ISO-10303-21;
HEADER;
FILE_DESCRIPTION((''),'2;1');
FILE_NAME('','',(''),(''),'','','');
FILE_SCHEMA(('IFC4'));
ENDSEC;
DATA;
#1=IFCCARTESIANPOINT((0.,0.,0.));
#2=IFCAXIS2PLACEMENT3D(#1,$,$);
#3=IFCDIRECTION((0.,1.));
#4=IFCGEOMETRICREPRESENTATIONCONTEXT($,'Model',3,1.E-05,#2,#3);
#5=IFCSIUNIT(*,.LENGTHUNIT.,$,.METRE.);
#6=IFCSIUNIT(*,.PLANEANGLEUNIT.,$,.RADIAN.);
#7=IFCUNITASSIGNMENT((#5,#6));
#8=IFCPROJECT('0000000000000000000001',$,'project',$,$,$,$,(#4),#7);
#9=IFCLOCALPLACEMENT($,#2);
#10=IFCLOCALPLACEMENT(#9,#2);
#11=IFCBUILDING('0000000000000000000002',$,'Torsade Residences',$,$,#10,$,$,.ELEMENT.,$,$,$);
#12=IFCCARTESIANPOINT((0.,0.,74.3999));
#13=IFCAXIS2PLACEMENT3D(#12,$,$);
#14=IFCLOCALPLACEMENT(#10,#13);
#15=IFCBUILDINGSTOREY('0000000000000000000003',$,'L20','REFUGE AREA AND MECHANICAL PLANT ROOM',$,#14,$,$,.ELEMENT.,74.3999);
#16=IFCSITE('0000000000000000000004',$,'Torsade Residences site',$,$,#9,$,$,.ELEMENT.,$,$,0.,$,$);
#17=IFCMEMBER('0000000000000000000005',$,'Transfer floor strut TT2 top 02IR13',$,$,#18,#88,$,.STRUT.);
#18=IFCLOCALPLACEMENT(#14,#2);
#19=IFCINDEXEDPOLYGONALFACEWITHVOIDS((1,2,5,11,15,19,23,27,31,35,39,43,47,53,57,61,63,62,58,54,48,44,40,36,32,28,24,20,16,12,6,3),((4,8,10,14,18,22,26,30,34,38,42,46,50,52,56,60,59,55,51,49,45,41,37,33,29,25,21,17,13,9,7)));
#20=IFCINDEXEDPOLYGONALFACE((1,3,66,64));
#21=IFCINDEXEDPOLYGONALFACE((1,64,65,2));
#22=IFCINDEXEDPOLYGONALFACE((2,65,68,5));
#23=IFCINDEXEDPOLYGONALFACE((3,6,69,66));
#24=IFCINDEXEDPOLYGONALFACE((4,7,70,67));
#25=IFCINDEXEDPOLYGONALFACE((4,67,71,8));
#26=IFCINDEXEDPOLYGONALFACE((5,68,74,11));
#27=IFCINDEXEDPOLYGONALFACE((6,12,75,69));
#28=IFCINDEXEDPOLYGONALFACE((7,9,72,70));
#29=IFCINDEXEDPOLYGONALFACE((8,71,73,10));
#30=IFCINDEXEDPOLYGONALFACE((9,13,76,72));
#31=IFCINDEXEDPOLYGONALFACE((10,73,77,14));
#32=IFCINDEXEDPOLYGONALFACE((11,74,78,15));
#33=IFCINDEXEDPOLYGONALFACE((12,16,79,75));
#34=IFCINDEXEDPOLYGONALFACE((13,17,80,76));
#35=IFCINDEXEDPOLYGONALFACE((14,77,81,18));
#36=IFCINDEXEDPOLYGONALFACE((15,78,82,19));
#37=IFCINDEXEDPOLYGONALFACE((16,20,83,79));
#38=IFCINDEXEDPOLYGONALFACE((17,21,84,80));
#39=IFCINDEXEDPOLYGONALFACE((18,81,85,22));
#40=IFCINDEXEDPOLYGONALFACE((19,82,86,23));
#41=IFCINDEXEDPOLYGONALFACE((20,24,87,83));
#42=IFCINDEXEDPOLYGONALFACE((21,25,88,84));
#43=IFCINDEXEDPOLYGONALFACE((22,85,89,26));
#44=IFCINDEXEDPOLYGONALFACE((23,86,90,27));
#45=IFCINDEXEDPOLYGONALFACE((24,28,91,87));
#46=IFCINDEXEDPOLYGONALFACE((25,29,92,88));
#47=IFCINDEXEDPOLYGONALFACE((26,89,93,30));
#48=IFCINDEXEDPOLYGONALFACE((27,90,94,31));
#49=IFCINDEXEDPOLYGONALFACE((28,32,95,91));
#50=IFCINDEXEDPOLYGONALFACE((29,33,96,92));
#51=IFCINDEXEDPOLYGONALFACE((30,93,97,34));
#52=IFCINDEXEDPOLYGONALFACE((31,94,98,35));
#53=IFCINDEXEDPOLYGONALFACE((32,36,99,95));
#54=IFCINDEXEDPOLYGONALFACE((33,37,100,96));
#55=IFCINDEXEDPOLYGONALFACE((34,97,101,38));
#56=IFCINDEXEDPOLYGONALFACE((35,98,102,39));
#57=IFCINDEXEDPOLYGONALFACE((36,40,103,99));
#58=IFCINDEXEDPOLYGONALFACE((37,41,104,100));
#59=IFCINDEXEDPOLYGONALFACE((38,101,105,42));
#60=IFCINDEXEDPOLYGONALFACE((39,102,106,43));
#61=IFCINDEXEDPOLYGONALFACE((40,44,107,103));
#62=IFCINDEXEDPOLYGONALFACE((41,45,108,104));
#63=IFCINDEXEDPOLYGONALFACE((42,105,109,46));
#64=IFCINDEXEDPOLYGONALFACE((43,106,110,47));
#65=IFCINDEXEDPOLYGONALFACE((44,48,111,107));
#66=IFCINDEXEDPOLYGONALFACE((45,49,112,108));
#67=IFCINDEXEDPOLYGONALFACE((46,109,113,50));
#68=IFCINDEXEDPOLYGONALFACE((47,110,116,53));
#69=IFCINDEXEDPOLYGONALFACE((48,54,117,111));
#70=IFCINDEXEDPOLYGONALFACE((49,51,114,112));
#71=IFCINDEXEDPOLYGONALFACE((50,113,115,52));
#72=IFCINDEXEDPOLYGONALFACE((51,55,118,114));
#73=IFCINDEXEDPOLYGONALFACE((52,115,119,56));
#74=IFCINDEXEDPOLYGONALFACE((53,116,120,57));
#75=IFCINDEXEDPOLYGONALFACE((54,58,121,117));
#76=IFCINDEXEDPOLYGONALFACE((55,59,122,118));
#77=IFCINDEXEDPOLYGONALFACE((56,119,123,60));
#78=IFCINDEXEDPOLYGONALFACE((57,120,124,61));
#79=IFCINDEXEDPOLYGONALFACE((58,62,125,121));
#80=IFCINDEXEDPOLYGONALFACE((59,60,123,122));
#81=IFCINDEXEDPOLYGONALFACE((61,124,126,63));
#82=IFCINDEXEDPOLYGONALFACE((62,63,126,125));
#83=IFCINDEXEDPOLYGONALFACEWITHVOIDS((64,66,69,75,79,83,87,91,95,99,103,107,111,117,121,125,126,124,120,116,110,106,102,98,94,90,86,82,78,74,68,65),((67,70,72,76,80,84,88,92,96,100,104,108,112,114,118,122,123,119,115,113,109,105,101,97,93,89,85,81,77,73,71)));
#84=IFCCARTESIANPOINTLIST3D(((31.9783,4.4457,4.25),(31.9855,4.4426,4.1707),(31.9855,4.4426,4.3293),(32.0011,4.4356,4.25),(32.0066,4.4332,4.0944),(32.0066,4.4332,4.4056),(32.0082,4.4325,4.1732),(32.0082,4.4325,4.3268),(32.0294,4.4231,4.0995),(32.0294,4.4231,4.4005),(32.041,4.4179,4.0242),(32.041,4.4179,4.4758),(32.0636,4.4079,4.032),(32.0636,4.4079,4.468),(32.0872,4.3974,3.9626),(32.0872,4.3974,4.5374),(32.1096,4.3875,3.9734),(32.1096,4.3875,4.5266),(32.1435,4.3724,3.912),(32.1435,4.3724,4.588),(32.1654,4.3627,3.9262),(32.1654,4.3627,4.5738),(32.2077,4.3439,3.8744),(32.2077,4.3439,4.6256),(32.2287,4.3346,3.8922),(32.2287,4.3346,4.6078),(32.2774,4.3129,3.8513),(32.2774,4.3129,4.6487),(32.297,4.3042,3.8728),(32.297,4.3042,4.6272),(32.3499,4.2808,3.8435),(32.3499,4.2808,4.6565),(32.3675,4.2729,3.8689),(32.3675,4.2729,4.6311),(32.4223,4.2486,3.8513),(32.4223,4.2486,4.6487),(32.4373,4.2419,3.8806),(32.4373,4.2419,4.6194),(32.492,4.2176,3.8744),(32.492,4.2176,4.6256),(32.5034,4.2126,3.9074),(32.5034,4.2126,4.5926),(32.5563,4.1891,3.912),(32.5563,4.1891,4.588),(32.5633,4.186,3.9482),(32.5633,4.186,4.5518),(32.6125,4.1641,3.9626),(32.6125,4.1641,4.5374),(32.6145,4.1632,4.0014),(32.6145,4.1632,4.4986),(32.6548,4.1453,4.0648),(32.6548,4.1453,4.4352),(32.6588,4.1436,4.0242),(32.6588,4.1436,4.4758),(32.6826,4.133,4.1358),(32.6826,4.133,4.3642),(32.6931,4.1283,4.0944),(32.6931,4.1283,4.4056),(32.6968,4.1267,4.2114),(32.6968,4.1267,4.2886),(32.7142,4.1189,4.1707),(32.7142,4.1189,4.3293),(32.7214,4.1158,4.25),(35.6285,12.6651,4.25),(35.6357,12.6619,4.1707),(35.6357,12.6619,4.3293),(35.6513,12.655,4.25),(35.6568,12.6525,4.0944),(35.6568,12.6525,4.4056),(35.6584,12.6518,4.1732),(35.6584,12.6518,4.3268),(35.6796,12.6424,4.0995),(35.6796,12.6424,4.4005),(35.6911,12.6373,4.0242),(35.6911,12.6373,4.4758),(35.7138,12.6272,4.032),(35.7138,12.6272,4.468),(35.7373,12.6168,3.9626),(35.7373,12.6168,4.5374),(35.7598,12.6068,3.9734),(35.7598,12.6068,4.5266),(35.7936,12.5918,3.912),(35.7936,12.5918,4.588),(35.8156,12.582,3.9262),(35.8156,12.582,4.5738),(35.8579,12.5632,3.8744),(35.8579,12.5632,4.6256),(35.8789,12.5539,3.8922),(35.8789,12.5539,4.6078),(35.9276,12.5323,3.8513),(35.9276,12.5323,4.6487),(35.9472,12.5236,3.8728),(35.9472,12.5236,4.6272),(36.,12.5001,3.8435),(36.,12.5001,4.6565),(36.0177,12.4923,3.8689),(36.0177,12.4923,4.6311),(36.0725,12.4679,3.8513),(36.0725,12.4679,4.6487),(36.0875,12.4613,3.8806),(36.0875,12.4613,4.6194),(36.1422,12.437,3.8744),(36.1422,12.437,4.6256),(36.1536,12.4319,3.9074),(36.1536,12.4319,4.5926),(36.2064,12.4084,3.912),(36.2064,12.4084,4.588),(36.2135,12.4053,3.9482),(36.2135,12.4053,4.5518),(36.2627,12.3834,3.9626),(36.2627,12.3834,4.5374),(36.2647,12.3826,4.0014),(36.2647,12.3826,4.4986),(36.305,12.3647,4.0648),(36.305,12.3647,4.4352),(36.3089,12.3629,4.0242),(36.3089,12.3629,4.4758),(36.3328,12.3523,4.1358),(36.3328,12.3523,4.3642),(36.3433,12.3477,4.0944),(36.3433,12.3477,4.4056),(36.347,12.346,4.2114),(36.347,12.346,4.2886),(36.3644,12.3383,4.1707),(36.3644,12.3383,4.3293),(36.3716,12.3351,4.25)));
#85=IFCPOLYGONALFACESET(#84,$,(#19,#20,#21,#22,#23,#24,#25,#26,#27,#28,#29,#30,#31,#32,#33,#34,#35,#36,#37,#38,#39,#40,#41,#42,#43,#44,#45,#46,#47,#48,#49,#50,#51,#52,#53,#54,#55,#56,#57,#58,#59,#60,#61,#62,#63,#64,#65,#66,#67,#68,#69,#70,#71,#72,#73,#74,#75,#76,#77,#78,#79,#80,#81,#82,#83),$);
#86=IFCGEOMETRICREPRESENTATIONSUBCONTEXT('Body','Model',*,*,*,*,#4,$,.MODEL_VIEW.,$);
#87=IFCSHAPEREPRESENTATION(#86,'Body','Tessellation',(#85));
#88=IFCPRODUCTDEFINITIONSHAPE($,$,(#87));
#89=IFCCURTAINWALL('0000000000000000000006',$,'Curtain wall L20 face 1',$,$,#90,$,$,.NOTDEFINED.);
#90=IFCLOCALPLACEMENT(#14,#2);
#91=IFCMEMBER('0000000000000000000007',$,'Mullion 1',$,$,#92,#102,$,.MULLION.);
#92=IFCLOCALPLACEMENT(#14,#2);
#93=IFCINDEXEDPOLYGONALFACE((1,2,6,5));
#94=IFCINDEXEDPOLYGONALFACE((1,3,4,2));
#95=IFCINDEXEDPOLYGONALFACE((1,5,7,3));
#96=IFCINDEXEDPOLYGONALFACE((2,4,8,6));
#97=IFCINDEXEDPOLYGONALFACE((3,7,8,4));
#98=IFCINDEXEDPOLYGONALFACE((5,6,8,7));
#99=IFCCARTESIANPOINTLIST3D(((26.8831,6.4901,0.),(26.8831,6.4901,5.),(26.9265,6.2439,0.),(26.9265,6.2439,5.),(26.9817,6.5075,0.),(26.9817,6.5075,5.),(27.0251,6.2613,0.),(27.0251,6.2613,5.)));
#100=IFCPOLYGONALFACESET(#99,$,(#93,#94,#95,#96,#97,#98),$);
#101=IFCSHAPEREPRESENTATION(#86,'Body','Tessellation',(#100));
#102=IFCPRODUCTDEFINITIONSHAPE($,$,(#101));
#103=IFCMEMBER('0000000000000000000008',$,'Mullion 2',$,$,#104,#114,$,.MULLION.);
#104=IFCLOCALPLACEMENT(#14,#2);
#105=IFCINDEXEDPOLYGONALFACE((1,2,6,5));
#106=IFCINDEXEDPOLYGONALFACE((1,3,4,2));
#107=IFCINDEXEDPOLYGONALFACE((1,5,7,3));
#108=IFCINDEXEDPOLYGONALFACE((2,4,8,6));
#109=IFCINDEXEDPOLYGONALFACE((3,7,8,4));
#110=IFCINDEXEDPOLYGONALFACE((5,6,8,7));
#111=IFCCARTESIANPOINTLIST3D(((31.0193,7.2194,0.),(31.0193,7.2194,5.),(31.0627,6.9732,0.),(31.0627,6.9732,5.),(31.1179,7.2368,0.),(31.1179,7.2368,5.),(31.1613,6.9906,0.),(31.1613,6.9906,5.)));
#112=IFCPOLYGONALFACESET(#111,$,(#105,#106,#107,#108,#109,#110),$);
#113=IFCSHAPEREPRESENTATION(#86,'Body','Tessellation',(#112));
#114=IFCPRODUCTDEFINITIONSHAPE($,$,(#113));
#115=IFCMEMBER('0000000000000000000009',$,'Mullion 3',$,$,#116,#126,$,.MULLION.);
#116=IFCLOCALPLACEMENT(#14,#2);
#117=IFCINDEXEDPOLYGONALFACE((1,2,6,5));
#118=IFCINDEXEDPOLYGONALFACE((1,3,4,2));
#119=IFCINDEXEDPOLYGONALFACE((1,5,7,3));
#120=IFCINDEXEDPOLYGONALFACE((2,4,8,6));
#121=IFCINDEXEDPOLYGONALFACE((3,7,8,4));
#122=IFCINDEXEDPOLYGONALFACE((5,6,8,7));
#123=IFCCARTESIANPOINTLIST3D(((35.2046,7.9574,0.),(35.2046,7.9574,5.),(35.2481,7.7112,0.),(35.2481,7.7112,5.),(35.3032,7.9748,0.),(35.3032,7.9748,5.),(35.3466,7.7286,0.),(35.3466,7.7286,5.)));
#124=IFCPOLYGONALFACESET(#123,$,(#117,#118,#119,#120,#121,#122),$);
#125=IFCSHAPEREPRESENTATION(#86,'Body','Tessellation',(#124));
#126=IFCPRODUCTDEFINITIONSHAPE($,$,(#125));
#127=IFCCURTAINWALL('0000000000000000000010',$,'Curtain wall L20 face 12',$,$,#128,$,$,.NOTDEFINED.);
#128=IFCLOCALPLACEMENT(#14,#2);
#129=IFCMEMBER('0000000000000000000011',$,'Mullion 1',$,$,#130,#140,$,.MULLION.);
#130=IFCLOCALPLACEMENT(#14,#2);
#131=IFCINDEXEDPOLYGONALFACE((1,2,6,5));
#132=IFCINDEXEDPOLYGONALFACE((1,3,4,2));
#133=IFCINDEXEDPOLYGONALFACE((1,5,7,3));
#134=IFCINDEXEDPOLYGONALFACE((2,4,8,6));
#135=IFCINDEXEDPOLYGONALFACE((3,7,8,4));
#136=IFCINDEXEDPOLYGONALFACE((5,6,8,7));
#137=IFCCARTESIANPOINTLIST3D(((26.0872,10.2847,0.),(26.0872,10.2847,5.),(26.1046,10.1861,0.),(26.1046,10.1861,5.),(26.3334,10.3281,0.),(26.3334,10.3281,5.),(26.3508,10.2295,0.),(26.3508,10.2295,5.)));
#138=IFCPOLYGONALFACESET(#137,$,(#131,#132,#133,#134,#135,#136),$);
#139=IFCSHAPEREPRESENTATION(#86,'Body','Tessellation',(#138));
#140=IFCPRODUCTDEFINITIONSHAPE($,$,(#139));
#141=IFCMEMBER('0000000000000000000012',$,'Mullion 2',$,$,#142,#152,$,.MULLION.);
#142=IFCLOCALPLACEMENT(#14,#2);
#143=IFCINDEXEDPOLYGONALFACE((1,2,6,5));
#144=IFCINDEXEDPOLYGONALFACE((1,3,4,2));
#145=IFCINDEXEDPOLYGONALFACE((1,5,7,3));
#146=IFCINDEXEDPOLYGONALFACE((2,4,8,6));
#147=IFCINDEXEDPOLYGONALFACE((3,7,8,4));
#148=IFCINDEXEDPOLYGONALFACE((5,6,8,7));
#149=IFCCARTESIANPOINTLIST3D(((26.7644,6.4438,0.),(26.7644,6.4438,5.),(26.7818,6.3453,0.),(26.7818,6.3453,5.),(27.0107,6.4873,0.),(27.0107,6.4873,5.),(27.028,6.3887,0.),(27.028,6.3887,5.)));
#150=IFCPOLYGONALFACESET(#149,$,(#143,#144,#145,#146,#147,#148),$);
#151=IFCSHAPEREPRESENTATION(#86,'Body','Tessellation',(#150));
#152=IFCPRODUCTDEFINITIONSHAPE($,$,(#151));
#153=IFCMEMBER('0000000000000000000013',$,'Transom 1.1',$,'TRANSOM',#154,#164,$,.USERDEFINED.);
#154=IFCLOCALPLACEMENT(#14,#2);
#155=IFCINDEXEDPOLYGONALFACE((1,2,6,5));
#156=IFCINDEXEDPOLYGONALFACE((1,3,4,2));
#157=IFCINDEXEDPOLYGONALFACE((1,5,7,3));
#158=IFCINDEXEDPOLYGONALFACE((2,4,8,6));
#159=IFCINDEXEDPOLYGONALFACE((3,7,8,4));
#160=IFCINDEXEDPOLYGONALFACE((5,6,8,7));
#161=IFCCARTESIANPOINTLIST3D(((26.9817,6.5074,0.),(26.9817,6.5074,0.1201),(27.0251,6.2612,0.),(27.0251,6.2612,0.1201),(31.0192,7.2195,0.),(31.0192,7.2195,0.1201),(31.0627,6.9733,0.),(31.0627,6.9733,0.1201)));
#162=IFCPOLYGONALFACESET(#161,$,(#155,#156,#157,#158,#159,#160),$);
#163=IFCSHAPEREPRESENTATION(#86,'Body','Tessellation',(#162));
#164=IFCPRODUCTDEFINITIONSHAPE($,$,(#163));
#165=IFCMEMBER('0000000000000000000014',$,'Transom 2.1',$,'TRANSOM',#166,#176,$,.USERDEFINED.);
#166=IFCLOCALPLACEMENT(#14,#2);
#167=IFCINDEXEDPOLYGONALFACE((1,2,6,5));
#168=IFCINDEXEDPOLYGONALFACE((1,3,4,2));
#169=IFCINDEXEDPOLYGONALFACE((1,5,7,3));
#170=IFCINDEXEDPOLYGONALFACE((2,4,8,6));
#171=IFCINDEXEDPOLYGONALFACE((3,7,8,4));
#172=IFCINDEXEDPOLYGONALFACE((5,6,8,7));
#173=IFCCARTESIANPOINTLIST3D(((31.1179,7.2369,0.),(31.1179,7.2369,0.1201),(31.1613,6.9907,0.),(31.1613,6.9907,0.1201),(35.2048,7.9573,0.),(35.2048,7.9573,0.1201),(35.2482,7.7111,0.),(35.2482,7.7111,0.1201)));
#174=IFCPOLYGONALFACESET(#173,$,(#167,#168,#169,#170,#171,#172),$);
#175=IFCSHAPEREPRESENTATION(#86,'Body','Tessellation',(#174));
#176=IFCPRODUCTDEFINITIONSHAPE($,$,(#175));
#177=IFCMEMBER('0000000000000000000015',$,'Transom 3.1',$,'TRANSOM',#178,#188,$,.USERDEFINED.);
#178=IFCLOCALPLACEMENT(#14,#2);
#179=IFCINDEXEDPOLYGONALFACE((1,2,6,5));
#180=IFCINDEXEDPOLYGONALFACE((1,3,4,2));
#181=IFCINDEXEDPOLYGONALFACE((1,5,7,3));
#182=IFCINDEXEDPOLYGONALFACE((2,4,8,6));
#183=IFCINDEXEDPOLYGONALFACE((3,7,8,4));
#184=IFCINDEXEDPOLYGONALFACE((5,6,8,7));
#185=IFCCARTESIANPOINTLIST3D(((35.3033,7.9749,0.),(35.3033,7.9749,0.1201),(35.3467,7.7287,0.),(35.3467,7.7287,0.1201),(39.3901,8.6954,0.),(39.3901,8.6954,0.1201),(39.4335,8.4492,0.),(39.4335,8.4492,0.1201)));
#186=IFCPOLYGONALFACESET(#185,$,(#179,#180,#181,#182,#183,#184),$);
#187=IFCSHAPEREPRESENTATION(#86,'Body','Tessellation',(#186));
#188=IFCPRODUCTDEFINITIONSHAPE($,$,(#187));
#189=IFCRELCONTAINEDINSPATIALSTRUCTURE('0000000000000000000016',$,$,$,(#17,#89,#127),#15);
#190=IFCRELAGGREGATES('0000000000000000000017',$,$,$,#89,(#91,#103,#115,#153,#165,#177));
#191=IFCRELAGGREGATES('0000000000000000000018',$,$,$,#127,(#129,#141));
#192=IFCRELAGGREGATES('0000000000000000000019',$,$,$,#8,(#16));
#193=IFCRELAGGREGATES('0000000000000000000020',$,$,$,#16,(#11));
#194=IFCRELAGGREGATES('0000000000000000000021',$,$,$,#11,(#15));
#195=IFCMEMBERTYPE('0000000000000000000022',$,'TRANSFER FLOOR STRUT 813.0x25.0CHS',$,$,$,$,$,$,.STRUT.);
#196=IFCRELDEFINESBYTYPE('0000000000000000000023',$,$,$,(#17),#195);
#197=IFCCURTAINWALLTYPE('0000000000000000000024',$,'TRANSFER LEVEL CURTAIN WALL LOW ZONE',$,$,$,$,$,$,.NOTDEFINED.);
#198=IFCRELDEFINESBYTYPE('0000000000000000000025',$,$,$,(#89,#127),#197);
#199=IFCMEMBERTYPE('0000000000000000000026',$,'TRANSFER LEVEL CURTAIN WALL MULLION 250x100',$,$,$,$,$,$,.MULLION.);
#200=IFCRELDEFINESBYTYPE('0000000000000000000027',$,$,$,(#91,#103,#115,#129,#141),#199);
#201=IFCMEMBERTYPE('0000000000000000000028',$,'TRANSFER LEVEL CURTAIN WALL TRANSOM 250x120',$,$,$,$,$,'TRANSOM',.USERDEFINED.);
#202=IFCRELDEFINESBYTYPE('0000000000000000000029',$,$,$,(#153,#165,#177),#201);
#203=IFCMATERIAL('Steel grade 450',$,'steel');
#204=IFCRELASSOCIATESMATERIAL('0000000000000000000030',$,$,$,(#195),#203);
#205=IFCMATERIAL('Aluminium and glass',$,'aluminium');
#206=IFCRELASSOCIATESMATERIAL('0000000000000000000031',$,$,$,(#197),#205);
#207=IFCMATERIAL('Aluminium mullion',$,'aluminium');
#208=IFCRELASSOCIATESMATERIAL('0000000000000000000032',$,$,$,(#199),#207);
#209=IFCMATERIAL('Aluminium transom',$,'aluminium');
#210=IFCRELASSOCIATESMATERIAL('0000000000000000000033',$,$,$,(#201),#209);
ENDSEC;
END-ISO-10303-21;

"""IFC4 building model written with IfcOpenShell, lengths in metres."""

from ifc_helpers import new_model, si_unit, direction, frame, origin, origin_2d, place, context, subcontext, project, spatial, rectangle, hollow_circle, extrude, material, material_profile, profile_set, type_object, element, aggregate, save


model = new_model("IFC4")

# Units and contexts
model_context = context("Model", 3, precision=1e-05, world=origin(), true_north=direction((0.0, 1.0)))
body_context = subcontext(model_context, "Body", "Model", "MODEL_VIEW")
ifc_project = project(units=[si_unit("LENGTHUNIT", "METRE"), si_unit("PLANEANGLEUNIT", "RADIAN")], contexts=[model_context])

# Site, building, storey
site_placement = place(None, origin())
site = spatial("IfcSite", under=ifc_project, at=site_placement, Name="Torsade Residences site", CompositionType="ELEMENT", RefElevation=0.0)
building_placement = place(site_placement, origin())
building = spatial("IfcBuilding", under=site, at=building_placement, Name="Torsade Residences", CompositionType="ELEMENT")
storey_placement = place(building_placement, frame((0.0, 0.0, 74.3999)))
storey = spatial("IfcBuildingStorey", under=building, at=storey_placement, Name="L20", Description="REFUGE AREA AND MECHANICAL PLANT ROOM", CompositionType="ELEMENT", Elevation=74.3999)

# Member
ifc_material_1 = material(Name="Steel grade 450", Category="steel")
ifc_material_profile_1 = material_profile(ifc_material_1, hollow_circle(Radius=0.4065, WallThickness=0.0249, at=origin_2d()), Name="813.0x25.0CHS")
ifc_profile_set_1 = profile_set([ifc_material_profile_1], Name="Steel grade 450")
member_type_1 = type_object("IfcMemberType", Name="TRANSFER FLOOR STRUT 813.0x25.0CHS", PredefinedType="STRUT", material=ifc_profile_set_1)
member_1_placement = place(storey_placement, frame((32.3499, 4.2808, 4.25), z_axis=(0.405874, 0.913929, 0.0), x_axis=(-0.913929, 0.405874, 0.0)))
element("IfcMember", 1, at=member_1_placement, inside=storey, type_object=member_type_1, Name="Transfer floor strut TT2 top 02IR13", PredefinedType="STRUT", context=body_context, shape_type="SweptSolid", body=[
    extrude(hollow_circle(Radius=0.4065, WallThickness=0.0249, at=origin_2d()), origin(), (0.0, 0.0, 1.0), 8.9934),
])

# Curtain walls, members
ifc_material_2 = material(Name="Aluminium and glass", Category="aluminium")
curtain_wall_type = type_object("IfcCurtainWallType", Name="TRANSFER LEVEL CURTAIN WALL LOW ZONE", PredefinedType="NOTDEFINED", material=ifc_material_2)
curtain_wall_1_placement = place(storey_placement, origin())
curtain_wall_1 = element("IfcCurtainWall", 2, at=curtain_wall_1_placement, inside=storey, type_object=curtain_wall_type, Name="Curtain wall L20 face 1", PredefinedType="NOTDEFINED")
ifc_material_3 = material(Name="Aluminium mullion", Category="aluminium")
ifc_material_profile_2 = material_profile(ifc_material_3, rectangle(XDim=0.25, YDim=0.1001, at=origin_2d()), Name="TRANSFER LEVEL CURTAIN WALL MULLION 250x100")
ifc_profile_set_2 = profile_set([ifc_material_profile_2], Name="Aluminium mullion")
member_type_2 = type_object("IfcMemberType", Name="TRANSFER LEVEL CURTAIN WALL MULLION 250x100", PredefinedType="MULLION", material=ifc_profile_set_2)
member_2_placement = place(storey_placement, frame((26.9541, 6.3757, 0.0), z_axis=(0.0, 0.0, 1.0), x_axis=(-0.173648, 0.984808, 0.0)))
member_2 = element("IfcMember", 3, at=member_2_placement, type_object=member_type_2, Name="Mullion 1", PredefinedType="MULLION", context=body_context, shape_type="SweptSolid", body=[
    extrude(rectangle(XDim=0.25, YDim=0.1001, at=origin_2d()), origin(), (0.0, 0.0, 1.0), 5.0),
])
member_3_placement = place(storey_placement, frame((31.0903, 7.105, 0.0), z_axis=(0.0, 0.0, 1.0), x_axis=(-0.173648, 0.984808, 0.0)))
member_3 = element("IfcMember", 4, at=member_3_placement, type_object=member_type_2, Name="Mullion 2", PredefinedType="MULLION", context=body_context, shape_type="SweptSolid", body=[
    extrude(rectangle(XDim=0.25, YDim=0.1001, at=origin_2d()), origin(), (0.0, 0.0, 1.0), 5.0),
])
member_4_placement = place(storey_placement, frame((35.2756, 7.843, 0.0), z_axis=(0.0, 0.0, 1.0), x_axis=(-0.173648, 0.984808, 0.0)))
member_4 = element("IfcMember", 5, at=member_4_placement, type_object=member_type_2, Name="Mullion 3", PredefinedType="MULLION", context=body_context, shape_type="SweptSolid", body=[
    extrude(rectangle(XDim=0.25, YDim=0.1001, at=origin_2d()), origin(), (0.0, 0.0, 1.0), 5.0),
])
curtain_wall_2_placement = place(storey_placement, origin())
curtain_wall_2 = element("IfcCurtainWall", 6, at=curtain_wall_2_placement, inside=storey, type_object=curtain_wall_type, Name="Curtain wall L20 face 12", PredefinedType="NOTDEFINED")
member_5_placement = place(storey_placement, frame((26.219, 10.2571, 0.0), z_axis=(0.0, 0.0, 1.0), x_axis=(0.984808, 0.173648, 0.0)))
member_5 = element("IfcMember", 7, at=member_5_placement, type_object=member_type_2, Name="Mullion 1", PredefinedType="MULLION", context=body_context, shape_type="SweptSolid", body=[
    extrude(rectangle(XDim=0.25, YDim=0.1001, at=origin_2d()), origin(), (0.0, 0.0, 1.0), 5.0),
])
member_6_placement = place(storey_placement, frame((26.8962, 6.4163, 0.0), z_axis=(0.0, 0.0, 1.0), x_axis=(0.984808, 0.173648, 0.0)))
member_6 = element("IfcMember", 8, at=member_6_placement, type_object=member_type_2, Name="Mullion 2", PredefinedType="MULLION", context=body_context, shape_type="SweptSolid", body=[
    extrude(rectangle(XDim=0.25, YDim=0.1001, at=origin_2d()), origin(), (0.0, 0.0, 1.0), 5.0),
])

# Members
ifc_material_4 = material(Name="Aluminium transom", Category="aluminium")
ifc_material_profile_3 = material_profile(ifc_material_4, rectangle(XDim=0.25, YDim=0.1201, at=origin_2d()), Name="TRANSFER LEVEL CURTAIN WALL TRANSOM 250x120")
ifc_profile_set_3 = profile_set([ifc_material_profile_3], Name="Aluminium transom")
member_type_3 = type_object("IfcMemberType", Name="TRANSFER LEVEL CURTAIN WALL TRANSOM 250x120", ElementType="TRANSOM", PredefinedType="USERDEFINED", material=ifc_profile_set_3)
member_7_placement = place(storey_placement, frame((27.0034, 6.3843, 0.0601), z_axis=(0.984799, 0.1737, 0.0), x_axis=(-0.1737, 0.984799, 0.0)))
member_7 = element("IfcMember", 9, at=member_7_placement, type_object=member_type_3, Name="Transom 1.1", ObjectType="TRANSOM", PredefinedType="USERDEFINED", context=body_context, shape_type="SweptSolid", body=[
    extrude(rectangle(XDim=0.25, YDim=0.1201, at=origin_2d()), origin(), (0.0, 0.0, 1.0), 4.0999),
])
member_8_placement = place(storey_placement, frame((31.1396, 7.1138, 0.0601), z_axis=(0.984815, 0.173607, 0.0), x_axis=(-0.173607, 0.984815, 0.0)))
member_8 = element("IfcMember", 10, at=member_8_placement, type_object=member_type_3, Name="Transom 2.1", ObjectType="TRANSOM", PredefinedType="USERDEFINED", context=body_context, shape_type="SweptSolid", body=[
    extrude(rectangle(XDim=0.25, YDim=0.1201, at=origin_2d()), origin(), (0.0, 0.0, 1.0), 4.1499),
])
member_9_placement = place(storey_placement, frame((35.325, 7.8518, 0.0601), z_axis=(0.984815, 0.173607, 0.0), x_axis=(-0.173607, 0.984815, 0.0)))
member_9 = element("IfcMember", 11, at=member_9_placement, type_object=member_type_3, Name="Transom 3.1", ObjectType="TRANSOM", PredefinedType="USERDEFINED", context=body_context, shape_type="SweptSolid", body=[
    extrude(rectangle(XDim=0.25, YDim=0.1201, at=origin_2d()), origin(), (0.0, 0.0, 1.0), 4.1499),
])

aggregate(curtain_wall_1, [member_2, member_3, member_4, member_7, member_8, member_9])
aggregate(curtain_wall_2, [member_5, member_6])

save(model, "model.ifc")
